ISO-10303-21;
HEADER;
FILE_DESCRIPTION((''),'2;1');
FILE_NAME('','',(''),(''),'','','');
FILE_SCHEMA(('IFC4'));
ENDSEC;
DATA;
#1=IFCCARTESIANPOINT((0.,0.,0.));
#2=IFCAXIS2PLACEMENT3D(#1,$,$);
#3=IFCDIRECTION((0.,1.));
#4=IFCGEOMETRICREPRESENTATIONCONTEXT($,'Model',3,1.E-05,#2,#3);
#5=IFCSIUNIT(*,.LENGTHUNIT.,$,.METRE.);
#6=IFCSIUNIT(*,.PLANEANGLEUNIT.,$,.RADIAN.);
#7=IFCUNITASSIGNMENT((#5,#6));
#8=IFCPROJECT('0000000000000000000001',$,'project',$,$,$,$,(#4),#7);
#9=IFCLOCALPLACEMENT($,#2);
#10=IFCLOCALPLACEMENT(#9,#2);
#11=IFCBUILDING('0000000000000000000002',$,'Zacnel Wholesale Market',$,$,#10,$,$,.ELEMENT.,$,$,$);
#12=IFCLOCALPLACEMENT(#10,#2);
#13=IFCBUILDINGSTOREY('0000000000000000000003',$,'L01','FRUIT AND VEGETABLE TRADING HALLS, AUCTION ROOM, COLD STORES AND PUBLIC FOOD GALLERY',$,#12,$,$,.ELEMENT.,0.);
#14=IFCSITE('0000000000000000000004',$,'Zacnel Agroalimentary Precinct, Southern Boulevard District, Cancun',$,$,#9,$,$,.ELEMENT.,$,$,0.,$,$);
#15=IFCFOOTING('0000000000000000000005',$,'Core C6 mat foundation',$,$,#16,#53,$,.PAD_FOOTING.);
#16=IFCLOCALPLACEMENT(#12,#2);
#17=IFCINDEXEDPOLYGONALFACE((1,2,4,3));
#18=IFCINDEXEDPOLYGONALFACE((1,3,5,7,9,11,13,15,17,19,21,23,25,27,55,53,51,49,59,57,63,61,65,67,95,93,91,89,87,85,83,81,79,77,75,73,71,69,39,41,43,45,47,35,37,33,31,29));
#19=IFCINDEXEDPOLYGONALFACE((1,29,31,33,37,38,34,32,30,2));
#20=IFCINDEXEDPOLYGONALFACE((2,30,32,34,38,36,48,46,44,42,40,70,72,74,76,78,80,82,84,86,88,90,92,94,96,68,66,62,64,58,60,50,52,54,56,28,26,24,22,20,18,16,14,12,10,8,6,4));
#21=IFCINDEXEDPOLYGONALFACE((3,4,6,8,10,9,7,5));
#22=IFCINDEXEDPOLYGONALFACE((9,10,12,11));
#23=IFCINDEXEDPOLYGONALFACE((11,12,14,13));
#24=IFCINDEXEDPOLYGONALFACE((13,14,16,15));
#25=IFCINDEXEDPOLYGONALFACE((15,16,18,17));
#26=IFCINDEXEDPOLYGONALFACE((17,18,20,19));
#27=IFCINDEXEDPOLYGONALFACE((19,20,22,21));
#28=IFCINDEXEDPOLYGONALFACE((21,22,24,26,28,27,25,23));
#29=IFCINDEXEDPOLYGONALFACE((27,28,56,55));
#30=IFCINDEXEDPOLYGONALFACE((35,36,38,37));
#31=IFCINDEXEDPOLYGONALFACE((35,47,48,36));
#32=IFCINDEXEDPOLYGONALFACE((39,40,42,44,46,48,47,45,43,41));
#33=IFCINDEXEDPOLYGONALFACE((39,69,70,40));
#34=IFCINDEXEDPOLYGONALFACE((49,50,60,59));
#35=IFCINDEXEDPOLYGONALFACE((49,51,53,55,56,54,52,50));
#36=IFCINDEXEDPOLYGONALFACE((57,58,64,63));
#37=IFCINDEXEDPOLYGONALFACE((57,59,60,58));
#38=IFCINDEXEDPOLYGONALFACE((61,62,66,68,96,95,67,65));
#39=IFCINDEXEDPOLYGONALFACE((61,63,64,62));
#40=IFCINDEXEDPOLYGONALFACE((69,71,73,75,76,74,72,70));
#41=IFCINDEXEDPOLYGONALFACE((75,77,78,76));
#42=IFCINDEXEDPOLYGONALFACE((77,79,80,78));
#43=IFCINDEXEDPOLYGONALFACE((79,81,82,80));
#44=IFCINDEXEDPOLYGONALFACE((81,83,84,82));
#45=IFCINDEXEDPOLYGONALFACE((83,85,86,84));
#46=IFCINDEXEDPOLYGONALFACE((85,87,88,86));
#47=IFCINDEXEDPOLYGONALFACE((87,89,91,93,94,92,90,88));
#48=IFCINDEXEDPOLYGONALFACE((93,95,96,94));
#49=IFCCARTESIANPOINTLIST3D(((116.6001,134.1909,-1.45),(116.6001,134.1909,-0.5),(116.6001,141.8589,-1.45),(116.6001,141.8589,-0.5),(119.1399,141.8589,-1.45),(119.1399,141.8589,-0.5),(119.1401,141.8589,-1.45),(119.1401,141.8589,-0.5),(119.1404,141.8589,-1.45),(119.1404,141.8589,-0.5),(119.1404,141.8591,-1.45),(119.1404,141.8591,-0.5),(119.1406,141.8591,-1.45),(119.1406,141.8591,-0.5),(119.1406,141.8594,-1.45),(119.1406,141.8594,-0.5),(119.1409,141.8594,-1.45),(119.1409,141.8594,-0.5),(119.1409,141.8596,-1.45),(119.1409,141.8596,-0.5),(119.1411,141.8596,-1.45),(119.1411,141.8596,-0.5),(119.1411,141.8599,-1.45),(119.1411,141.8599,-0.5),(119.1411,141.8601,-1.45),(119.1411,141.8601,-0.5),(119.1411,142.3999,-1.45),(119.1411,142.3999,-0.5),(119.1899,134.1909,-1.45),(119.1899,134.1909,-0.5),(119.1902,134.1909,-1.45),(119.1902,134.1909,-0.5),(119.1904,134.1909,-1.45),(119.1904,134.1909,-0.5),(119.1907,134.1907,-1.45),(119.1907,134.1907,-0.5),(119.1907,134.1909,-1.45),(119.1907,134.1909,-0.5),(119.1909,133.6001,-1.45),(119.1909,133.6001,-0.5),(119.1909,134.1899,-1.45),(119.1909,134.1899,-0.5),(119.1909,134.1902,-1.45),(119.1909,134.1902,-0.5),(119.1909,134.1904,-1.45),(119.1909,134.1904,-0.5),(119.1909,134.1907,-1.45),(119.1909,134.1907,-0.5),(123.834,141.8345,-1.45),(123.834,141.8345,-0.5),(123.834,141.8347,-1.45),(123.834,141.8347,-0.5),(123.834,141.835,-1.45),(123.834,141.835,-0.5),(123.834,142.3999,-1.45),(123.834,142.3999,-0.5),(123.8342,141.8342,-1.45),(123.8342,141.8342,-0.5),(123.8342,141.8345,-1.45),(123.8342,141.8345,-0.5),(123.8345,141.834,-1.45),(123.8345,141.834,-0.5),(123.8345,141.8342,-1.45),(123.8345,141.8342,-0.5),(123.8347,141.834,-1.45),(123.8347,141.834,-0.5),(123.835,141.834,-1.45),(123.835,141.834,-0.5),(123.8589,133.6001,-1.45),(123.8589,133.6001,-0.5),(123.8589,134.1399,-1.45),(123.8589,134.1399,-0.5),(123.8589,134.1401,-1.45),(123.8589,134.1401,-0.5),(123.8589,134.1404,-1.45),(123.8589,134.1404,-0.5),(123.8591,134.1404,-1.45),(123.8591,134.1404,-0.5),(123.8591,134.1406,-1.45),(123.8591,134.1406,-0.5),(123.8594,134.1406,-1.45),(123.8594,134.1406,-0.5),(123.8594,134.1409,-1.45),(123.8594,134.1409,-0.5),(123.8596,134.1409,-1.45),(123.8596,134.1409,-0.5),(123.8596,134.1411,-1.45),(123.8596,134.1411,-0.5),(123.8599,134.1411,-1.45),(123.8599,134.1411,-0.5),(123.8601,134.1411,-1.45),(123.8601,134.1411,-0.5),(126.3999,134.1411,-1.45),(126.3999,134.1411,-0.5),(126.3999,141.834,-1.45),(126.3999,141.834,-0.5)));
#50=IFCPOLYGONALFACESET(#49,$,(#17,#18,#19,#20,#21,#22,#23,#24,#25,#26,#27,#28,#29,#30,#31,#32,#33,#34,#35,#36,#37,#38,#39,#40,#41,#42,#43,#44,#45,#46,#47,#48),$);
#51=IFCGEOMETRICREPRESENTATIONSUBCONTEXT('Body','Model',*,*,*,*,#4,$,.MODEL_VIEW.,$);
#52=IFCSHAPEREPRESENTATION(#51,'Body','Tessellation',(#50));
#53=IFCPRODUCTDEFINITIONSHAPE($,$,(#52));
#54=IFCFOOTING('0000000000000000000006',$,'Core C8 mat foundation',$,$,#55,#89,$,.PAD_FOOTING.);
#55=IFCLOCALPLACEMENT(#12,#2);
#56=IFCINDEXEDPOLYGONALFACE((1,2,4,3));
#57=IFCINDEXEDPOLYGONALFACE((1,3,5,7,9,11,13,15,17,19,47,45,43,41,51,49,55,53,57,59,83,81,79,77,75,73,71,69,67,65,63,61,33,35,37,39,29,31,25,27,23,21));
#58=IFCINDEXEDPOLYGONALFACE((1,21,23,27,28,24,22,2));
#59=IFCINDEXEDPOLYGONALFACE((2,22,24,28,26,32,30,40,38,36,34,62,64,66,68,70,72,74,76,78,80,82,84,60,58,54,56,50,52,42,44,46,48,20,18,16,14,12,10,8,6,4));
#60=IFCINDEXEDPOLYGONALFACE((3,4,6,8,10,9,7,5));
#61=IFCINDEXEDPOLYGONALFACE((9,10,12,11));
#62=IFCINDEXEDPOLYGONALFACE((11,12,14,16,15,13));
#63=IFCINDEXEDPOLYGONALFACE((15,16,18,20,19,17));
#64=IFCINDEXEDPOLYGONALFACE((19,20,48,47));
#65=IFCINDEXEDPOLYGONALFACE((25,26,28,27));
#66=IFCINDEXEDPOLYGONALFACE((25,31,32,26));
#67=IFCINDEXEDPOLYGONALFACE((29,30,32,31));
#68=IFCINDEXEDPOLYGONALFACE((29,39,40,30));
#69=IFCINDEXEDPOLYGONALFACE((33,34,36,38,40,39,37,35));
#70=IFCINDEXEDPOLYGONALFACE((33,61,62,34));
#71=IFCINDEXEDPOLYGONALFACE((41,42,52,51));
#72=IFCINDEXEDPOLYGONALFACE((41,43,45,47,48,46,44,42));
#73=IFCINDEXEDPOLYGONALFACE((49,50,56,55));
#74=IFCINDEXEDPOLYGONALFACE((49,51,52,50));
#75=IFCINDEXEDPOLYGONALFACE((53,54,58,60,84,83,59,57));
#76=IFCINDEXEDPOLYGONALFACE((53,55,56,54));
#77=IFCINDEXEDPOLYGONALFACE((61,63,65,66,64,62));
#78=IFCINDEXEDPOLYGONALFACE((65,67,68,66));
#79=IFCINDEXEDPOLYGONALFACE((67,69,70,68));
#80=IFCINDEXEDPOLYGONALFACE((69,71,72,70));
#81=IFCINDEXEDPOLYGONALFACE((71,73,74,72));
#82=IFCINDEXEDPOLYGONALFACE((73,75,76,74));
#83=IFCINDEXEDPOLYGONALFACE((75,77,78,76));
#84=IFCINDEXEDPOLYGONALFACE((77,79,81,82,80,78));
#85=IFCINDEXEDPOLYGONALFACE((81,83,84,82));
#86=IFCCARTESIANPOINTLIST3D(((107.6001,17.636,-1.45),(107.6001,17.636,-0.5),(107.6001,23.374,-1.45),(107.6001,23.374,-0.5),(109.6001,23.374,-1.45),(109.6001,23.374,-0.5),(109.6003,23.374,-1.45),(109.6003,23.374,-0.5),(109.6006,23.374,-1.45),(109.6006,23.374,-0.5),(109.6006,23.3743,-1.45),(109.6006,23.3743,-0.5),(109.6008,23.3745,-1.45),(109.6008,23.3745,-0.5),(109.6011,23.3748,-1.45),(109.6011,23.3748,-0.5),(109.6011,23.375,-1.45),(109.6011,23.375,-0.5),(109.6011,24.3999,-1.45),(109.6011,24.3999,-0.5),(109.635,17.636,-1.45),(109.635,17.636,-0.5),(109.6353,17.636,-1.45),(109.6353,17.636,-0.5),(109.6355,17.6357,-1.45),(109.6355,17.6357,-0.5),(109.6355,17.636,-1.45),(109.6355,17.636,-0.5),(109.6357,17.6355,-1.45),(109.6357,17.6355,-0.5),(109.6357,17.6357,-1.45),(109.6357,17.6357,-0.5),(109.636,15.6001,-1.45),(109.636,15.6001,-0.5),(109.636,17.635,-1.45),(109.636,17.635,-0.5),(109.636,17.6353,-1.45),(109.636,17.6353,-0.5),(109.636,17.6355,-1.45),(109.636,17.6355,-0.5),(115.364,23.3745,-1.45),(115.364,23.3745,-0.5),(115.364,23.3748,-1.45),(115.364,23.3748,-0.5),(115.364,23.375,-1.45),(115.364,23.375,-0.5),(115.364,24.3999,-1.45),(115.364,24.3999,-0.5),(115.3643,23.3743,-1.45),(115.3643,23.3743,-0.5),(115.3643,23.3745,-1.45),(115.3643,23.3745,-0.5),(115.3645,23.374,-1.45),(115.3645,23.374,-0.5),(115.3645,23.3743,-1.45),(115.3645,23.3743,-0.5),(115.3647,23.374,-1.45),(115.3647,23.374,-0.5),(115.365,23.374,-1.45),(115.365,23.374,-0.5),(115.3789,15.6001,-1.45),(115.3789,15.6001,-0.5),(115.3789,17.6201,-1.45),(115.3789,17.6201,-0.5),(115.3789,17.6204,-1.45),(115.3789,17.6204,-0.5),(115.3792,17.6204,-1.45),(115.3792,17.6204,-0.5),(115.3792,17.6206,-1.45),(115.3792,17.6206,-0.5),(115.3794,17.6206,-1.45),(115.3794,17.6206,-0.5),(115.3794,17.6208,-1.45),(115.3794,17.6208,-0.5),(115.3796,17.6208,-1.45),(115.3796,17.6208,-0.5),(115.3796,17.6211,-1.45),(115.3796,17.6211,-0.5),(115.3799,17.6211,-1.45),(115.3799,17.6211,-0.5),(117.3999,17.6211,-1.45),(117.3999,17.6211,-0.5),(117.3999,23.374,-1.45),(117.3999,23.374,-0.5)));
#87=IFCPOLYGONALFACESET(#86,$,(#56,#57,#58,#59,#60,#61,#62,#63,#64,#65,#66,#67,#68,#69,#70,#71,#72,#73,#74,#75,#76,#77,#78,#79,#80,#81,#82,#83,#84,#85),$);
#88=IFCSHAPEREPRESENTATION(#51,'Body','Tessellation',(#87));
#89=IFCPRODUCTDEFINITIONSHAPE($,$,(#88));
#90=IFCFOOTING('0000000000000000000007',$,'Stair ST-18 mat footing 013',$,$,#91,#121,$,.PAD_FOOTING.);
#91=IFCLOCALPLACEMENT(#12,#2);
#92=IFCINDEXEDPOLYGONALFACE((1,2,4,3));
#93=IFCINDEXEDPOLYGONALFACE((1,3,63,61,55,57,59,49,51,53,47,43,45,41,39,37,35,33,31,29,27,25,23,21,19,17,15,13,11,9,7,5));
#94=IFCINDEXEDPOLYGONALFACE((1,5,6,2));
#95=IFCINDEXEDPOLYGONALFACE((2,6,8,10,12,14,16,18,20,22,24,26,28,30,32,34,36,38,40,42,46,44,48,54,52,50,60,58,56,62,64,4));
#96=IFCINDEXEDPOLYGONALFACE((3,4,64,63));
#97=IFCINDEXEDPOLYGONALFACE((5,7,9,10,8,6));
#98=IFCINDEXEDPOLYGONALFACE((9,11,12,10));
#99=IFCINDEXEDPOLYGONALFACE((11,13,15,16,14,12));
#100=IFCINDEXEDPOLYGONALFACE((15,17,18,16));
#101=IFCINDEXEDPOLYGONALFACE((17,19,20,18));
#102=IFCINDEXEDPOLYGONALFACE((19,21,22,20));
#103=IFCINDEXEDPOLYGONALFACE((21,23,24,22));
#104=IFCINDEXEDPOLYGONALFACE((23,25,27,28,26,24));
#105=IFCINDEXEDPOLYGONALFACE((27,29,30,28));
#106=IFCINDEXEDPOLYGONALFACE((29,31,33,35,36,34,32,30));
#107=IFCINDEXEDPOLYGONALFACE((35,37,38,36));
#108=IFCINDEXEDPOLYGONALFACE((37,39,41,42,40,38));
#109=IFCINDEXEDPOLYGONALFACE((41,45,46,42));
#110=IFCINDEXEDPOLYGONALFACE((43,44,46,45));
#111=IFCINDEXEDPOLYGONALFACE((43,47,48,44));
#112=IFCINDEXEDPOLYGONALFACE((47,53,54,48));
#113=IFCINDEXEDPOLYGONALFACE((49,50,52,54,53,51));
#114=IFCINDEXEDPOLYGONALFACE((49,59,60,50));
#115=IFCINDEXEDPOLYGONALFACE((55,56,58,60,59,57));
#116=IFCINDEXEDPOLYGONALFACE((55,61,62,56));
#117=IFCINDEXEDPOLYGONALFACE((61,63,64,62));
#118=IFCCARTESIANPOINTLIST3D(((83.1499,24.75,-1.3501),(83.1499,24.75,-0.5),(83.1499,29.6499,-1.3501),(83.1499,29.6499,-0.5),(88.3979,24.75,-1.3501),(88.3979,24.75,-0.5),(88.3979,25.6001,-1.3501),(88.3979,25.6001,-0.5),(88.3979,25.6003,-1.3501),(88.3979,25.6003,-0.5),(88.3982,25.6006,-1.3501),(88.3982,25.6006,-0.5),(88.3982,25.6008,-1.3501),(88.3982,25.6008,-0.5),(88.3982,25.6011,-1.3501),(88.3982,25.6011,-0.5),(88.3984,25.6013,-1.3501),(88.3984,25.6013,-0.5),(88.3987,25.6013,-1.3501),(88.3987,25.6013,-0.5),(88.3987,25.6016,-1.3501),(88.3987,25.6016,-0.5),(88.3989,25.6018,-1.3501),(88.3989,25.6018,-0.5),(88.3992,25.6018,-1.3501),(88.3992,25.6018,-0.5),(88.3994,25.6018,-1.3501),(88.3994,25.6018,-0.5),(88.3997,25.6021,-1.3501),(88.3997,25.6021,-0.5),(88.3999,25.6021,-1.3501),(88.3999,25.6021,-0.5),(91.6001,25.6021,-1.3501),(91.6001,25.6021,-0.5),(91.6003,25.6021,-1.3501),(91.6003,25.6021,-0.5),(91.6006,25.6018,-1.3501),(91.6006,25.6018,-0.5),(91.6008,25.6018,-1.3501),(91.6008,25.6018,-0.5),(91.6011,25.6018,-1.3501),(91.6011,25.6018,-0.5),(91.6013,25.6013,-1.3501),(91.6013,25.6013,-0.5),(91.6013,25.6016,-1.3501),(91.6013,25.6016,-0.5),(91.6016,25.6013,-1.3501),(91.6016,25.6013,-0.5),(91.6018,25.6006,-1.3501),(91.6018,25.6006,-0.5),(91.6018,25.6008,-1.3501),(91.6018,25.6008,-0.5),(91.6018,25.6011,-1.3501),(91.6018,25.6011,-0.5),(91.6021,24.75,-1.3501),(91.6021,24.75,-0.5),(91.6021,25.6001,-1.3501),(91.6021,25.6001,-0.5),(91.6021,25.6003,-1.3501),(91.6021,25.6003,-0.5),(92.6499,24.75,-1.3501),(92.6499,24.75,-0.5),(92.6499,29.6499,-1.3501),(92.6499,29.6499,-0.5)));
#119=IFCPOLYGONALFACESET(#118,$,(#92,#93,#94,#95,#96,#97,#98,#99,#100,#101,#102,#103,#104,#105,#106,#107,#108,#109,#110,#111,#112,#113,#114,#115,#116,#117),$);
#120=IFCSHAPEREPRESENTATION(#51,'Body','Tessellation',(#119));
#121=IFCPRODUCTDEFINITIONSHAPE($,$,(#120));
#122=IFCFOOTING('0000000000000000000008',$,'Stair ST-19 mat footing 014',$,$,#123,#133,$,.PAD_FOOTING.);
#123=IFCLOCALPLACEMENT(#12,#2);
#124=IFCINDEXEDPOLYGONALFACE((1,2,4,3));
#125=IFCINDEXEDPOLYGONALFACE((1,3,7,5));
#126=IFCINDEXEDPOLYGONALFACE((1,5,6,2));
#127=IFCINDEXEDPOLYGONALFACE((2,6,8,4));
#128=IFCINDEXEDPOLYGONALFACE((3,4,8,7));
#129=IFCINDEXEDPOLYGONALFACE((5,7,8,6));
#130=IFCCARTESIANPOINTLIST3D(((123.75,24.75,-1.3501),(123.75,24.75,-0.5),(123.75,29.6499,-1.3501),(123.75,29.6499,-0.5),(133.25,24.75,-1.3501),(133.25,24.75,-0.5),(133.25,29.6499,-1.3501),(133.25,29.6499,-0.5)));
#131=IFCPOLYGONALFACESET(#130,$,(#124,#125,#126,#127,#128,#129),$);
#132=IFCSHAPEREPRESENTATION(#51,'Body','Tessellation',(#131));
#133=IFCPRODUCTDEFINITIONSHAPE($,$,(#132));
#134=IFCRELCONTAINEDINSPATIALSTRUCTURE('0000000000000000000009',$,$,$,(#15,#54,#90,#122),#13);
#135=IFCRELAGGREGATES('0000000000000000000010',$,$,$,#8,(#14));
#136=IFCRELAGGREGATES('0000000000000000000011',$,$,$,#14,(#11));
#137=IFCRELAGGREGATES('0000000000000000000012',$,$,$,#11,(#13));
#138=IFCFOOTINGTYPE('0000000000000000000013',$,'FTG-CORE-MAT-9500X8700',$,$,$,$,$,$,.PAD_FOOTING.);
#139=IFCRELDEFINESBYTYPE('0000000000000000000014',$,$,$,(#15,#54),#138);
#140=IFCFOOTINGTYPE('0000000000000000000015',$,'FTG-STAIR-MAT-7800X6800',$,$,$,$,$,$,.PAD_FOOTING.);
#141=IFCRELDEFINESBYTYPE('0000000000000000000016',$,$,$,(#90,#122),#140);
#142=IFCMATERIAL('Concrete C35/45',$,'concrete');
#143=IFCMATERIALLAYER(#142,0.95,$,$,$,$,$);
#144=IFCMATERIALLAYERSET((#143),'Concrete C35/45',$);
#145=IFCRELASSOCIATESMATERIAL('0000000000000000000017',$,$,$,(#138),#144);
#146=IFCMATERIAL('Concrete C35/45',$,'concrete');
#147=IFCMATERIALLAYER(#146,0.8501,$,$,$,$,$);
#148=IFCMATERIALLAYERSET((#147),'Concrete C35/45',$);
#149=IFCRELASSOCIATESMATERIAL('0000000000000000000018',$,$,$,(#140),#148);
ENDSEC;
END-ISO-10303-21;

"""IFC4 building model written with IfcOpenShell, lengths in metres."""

from ifc_helpers import new_model, si_unit, direction, frame, origin, place, context, subcontext, project, spatial, polyline, outline, extrude, material, layer, layer_set, type_object, element, save


model = new_model("IFC4")

# Units and contexts
model_context = context("Model", 3, precision=1e-05, world=origin(), true_north=direction((0.0, 1.0)))
body_context = subcontext(model_context, "Body", "Model", "MODEL_VIEW")
ifc_project = project(units=[si_unit("LENGTHUNIT", "METRE"), si_unit("PLANEANGLEUNIT", "RADIAN")], contexts=[model_context])

# Site, building, storey
site_placement = place(None, origin())
site = spatial("IfcSite", under=ifc_project, at=site_placement, Name="Zacnel Agroalimentary Precinct, Southern Boulevard District, Cancun", CompositionType="ELEMENT", RefElevation=0.0)
building_placement = place(site_placement, origin())
building = spatial("IfcBuilding", under=site, at=building_placement, Name="Zacnel Wholesale Market", CompositionType="ELEMENT")
storey_placement = place(building_placement, origin())
storey = spatial("IfcBuildingStorey", under=building, at=storey_placement, Name="L01", Description="FRUIT AND VEGETABLE TRADING HALLS, AUCTION ROOM, COLD STORES AND PUBLIC FOOD GALLERY", CompositionType="ELEMENT", Elevation=0.0)

# Footings
ifc_material_1 = material(Name="Concrete C35/45", Category="concrete")
ifc_layer_1 = layer(ifc_material_1, 0.95)
ifc_layer_set_1 = layer_set([ifc_layer_1], Name="Concrete C35/45")
footing_type_1 = type_object("IfcFootingType", Name="FTG-CORE-MAT-9500X8700", PredefinedType="PAD_FOOTING", material=ifc_layer_set_1)
footing_1_placement = place(storey_placement, frame((0.0, 0.0, -1.45)))
element("IfcFooting", 1, at=footing_1_placement, inside=storey, type_object=footing_type_1, Name="Core C6 mat foundation", PredefinedType="PAD_FOOTING", context=body_context, shape_type="SweptSolid", body=[
    extrude(outline(polyline([(123.8601, 134.1411), (123.8599, 134.1411), (123.8599, 134.1411), (123.8596, 134.1411), (123.8596, 134.1409), (123.8596, 134.1409), (123.8594, 134.1409), (123.8594, 134.1409), (123.8594, 134.1406), (123.8591, 134.1406), (123.8591, 134.1406), (123.8591, 134.1404), (123.8591, 134.1404), (123.8589, 134.1404), (123.8589, 134.1401), (123.8589, 134.1401), (123.8589, 134.1399), (123.8589, 133.6001), (119.1909, 133.6001), (119.1909, 134.1899), (119.1909, 134.1902), (119.1909, 134.1902), (119.1909, 134.1902), (119.1909, 134.1904), (119.1909, 134.1904), (119.1909, 134.1907), (119.1909, 134.1907), (119.1907, 134.1907), (119.1907, 134.1909), (119.1907, 134.1909), (119.1904, 134.1909), (119.1904, 134.1909), (119.1902, 134.1909), (119.1902, 134.1909), (119.1902, 134.1909), (119.1899, 134.1909), (116.6001, 134.1909), (116.6001, 141.8589), (119.1399, 141.8589), (119.1401, 141.8589), (119.1401, 141.8589), (119.1404, 141.8589), (119.1404, 141.8591), (119.1404, 141.8591), (119.1406, 141.8591), (119.1406, 141.8591), (119.1406, 141.8594), (119.1409, 141.8594), (119.1409, 141.8594), (119.1409, 141.8596), (119.1409, 141.8596), (119.1411, 141.8596), (119.1411, 141.8599), (119.1411, 141.8599), (119.1411, 141.8601), (119.1411, 142.3999), (123.834, 142.3999), (123.834, 141.835), (123.834, 141.835), (123.834, 141.8347), (123.834, 141.8347), (123.834, 141.8347), (123.834, 141.8345), (123.8342, 141.8345), (123.8342, 141.8345), (123.8342, 141.8342), (123.8345, 141.8342), (123.8345, 141.8342), (123.8345, 141.834), (123.8347, 141.834), (123.8347, 141.834), (123.8347, 141.834), (123.835, 141.834), (123.835, 141.834), (126.3999, 141.834), (126.3999, 134.1411), (123.8601, 134.1411)])), origin(), (0.0, 0.0, 1.0), 0.95),
])
footing_2_placement = place(storey_placement, frame((0.0, 0.0, -1.45)))
element("IfcFooting", 2, at=footing_2_placement, inside=storey, type_object=footing_type_1, Name="Core C8 mat foundation", PredefinedType="PAD_FOOTING", context=body_context, shape_type="SweptSolid", body=[
    extrude(outline(polyline([(115.3799, 17.6211), (115.3799, 17.6211), (115.3799, 17.6211), (115.3796, 17.6211), (115.3796, 17.6208), (115.3794, 17.6208), (115.3794, 17.6208), (115.3794, 17.6208), (115.3794, 17.6206), (115.3792, 17.6206), (115.3792, 17.6206), (115.3792, 17.6206), (115.3792, 17.6204), (115.3789, 17.6204), (115.3789, 17.6201), (115.3789, 17.6201), (115.3789, 17.6201), (115.3789, 15.6001), (109.636, 15.6001), (109.636, 17.635), (109.636, 17.635), (109.636, 17.6353), (109.636, 17.6353), (109.636, 17.6355), (109.636, 17.6355), (109.6357, 17.6355), (109.6357, 17.6355), (109.6357, 17.6357), (109.6355, 17.6357), (109.6355, 17.6357), (109.6355, 17.636), (109.6355, 17.636), (109.6353, 17.636), (109.6353, 17.636), (109.635, 17.636), (109.635, 17.636), (107.6001, 17.636), (107.6001, 23.374), (109.6001, 23.374), (109.6001, 23.374), (109.6001, 23.374), (109.6003, 23.374), (109.6003, 23.374), (109.6006, 23.374), (109.6006, 23.3743), (109.6006, 23.3743), (109.6006, 23.3743), (109.6008, 23.3745), (109.6008, 23.3745), (109.6008, 23.3745), (109.6008, 23.3745), (109.6011, 23.3748), (109.6011, 23.3748), (109.6011, 23.375), (109.6011, 23.375), (109.6011, 24.3999), (115.364, 24.3999), (115.364, 23.375), (115.364, 23.375), (115.364, 23.3748), (115.364, 23.3748), (115.364, 23.3745), (115.364, 23.3745), (115.3643, 23.3745), (115.3643, 23.3745), (115.3643, 23.3743), (115.3645, 23.3743), (115.3645, 23.3743), (115.3645, 23.374), (115.3645, 23.374), (115.3647, 23.374), (115.3647, 23.374), (115.365, 23.374), (115.365, 23.374), (117.3999, 23.374), (117.3999, 17.6211), (115.3799, 17.6211)])), origin(), (0.0, 0.0, 1.0), 0.95),
])
ifc_material_2 = material(Name="Concrete C35/45", Category="concrete")
ifc_layer_2 = layer(ifc_material_2, 0.8501)
ifc_layer_set_2 = layer_set([ifc_layer_2], Name="Concrete C35/45")
footing_type_2 = type_object("IfcFootingType", Name="FTG-STAIR-MAT-7800X6800", PredefinedType="PAD_FOOTING", material=ifc_layer_set_2)
footing_3_placement = place(storey_placement, frame((0.0, 0.0, -1.3501)))
element("IfcFooting", 3, at=footing_3_placement, inside=storey, type_object=footing_type_2, Name="Stair ST-18 mat footing 013", PredefinedType="PAD_FOOTING", context=body_context, shape_type="SweptSolid", body=[
    extrude(outline(polyline([(83.1499, 24.75), (83.1499, 29.6499), (92.6499, 29.6499), (92.6499, 24.75), (91.6021, 24.75), (91.6021, 25.6001), (91.6021, 25.6001), (91.6021, 25.6003), (91.6018, 25.6006), (91.6018, 25.6008), (91.6018, 25.6008), (91.6018, 25.6011), (91.6016, 25.6013), (91.6013, 25.6013), (91.6013, 25.6016), (91.6011, 25.6018), (91.6008, 25.6018), (91.6008, 25.6018), (91.6006, 25.6018), (91.6003, 25.6021), (91.6001, 25.6021), (91.6001, 25.6021), (88.3999, 25.6021), (88.3999, 25.6021), (88.3997, 25.6021), (88.3994, 25.6018), (88.3992, 25.6018), (88.3992, 25.6018), (88.3989, 25.6018), (88.3987, 25.6016), (88.3987, 25.6013), (88.3984, 25.6013), (88.3982, 25.6011), (88.3982, 25.6008), (88.3982, 25.6008), (88.3982, 25.6006), (88.3979, 25.6003), (88.3979, 25.6001), (88.3979, 25.6001), (88.3979, 24.75), (83.1499, 24.75)])), origin(), (0.0, 0.0, 1.0), 0.8501),
])
footing_4_placement = place(storey_placement, frame((0.0, 0.0, -1.3501)))
element("IfcFooting", 4, at=footing_4_placement, inside=storey, type_object=footing_type_2, Name="Stair ST-19 mat footing 014", PredefinedType="PAD_FOOTING", context=body_context, shape_type="SweptSolid", body=[
    extrude(outline(polyline([(133.25, 24.75), (133.25, 29.6499), (123.75, 29.6499), (123.75, 24.75), (133.25, 24.75)])), origin(), (0.0, 0.0, 1.0), 0.8501),
])

save(model, "model.ifc")
